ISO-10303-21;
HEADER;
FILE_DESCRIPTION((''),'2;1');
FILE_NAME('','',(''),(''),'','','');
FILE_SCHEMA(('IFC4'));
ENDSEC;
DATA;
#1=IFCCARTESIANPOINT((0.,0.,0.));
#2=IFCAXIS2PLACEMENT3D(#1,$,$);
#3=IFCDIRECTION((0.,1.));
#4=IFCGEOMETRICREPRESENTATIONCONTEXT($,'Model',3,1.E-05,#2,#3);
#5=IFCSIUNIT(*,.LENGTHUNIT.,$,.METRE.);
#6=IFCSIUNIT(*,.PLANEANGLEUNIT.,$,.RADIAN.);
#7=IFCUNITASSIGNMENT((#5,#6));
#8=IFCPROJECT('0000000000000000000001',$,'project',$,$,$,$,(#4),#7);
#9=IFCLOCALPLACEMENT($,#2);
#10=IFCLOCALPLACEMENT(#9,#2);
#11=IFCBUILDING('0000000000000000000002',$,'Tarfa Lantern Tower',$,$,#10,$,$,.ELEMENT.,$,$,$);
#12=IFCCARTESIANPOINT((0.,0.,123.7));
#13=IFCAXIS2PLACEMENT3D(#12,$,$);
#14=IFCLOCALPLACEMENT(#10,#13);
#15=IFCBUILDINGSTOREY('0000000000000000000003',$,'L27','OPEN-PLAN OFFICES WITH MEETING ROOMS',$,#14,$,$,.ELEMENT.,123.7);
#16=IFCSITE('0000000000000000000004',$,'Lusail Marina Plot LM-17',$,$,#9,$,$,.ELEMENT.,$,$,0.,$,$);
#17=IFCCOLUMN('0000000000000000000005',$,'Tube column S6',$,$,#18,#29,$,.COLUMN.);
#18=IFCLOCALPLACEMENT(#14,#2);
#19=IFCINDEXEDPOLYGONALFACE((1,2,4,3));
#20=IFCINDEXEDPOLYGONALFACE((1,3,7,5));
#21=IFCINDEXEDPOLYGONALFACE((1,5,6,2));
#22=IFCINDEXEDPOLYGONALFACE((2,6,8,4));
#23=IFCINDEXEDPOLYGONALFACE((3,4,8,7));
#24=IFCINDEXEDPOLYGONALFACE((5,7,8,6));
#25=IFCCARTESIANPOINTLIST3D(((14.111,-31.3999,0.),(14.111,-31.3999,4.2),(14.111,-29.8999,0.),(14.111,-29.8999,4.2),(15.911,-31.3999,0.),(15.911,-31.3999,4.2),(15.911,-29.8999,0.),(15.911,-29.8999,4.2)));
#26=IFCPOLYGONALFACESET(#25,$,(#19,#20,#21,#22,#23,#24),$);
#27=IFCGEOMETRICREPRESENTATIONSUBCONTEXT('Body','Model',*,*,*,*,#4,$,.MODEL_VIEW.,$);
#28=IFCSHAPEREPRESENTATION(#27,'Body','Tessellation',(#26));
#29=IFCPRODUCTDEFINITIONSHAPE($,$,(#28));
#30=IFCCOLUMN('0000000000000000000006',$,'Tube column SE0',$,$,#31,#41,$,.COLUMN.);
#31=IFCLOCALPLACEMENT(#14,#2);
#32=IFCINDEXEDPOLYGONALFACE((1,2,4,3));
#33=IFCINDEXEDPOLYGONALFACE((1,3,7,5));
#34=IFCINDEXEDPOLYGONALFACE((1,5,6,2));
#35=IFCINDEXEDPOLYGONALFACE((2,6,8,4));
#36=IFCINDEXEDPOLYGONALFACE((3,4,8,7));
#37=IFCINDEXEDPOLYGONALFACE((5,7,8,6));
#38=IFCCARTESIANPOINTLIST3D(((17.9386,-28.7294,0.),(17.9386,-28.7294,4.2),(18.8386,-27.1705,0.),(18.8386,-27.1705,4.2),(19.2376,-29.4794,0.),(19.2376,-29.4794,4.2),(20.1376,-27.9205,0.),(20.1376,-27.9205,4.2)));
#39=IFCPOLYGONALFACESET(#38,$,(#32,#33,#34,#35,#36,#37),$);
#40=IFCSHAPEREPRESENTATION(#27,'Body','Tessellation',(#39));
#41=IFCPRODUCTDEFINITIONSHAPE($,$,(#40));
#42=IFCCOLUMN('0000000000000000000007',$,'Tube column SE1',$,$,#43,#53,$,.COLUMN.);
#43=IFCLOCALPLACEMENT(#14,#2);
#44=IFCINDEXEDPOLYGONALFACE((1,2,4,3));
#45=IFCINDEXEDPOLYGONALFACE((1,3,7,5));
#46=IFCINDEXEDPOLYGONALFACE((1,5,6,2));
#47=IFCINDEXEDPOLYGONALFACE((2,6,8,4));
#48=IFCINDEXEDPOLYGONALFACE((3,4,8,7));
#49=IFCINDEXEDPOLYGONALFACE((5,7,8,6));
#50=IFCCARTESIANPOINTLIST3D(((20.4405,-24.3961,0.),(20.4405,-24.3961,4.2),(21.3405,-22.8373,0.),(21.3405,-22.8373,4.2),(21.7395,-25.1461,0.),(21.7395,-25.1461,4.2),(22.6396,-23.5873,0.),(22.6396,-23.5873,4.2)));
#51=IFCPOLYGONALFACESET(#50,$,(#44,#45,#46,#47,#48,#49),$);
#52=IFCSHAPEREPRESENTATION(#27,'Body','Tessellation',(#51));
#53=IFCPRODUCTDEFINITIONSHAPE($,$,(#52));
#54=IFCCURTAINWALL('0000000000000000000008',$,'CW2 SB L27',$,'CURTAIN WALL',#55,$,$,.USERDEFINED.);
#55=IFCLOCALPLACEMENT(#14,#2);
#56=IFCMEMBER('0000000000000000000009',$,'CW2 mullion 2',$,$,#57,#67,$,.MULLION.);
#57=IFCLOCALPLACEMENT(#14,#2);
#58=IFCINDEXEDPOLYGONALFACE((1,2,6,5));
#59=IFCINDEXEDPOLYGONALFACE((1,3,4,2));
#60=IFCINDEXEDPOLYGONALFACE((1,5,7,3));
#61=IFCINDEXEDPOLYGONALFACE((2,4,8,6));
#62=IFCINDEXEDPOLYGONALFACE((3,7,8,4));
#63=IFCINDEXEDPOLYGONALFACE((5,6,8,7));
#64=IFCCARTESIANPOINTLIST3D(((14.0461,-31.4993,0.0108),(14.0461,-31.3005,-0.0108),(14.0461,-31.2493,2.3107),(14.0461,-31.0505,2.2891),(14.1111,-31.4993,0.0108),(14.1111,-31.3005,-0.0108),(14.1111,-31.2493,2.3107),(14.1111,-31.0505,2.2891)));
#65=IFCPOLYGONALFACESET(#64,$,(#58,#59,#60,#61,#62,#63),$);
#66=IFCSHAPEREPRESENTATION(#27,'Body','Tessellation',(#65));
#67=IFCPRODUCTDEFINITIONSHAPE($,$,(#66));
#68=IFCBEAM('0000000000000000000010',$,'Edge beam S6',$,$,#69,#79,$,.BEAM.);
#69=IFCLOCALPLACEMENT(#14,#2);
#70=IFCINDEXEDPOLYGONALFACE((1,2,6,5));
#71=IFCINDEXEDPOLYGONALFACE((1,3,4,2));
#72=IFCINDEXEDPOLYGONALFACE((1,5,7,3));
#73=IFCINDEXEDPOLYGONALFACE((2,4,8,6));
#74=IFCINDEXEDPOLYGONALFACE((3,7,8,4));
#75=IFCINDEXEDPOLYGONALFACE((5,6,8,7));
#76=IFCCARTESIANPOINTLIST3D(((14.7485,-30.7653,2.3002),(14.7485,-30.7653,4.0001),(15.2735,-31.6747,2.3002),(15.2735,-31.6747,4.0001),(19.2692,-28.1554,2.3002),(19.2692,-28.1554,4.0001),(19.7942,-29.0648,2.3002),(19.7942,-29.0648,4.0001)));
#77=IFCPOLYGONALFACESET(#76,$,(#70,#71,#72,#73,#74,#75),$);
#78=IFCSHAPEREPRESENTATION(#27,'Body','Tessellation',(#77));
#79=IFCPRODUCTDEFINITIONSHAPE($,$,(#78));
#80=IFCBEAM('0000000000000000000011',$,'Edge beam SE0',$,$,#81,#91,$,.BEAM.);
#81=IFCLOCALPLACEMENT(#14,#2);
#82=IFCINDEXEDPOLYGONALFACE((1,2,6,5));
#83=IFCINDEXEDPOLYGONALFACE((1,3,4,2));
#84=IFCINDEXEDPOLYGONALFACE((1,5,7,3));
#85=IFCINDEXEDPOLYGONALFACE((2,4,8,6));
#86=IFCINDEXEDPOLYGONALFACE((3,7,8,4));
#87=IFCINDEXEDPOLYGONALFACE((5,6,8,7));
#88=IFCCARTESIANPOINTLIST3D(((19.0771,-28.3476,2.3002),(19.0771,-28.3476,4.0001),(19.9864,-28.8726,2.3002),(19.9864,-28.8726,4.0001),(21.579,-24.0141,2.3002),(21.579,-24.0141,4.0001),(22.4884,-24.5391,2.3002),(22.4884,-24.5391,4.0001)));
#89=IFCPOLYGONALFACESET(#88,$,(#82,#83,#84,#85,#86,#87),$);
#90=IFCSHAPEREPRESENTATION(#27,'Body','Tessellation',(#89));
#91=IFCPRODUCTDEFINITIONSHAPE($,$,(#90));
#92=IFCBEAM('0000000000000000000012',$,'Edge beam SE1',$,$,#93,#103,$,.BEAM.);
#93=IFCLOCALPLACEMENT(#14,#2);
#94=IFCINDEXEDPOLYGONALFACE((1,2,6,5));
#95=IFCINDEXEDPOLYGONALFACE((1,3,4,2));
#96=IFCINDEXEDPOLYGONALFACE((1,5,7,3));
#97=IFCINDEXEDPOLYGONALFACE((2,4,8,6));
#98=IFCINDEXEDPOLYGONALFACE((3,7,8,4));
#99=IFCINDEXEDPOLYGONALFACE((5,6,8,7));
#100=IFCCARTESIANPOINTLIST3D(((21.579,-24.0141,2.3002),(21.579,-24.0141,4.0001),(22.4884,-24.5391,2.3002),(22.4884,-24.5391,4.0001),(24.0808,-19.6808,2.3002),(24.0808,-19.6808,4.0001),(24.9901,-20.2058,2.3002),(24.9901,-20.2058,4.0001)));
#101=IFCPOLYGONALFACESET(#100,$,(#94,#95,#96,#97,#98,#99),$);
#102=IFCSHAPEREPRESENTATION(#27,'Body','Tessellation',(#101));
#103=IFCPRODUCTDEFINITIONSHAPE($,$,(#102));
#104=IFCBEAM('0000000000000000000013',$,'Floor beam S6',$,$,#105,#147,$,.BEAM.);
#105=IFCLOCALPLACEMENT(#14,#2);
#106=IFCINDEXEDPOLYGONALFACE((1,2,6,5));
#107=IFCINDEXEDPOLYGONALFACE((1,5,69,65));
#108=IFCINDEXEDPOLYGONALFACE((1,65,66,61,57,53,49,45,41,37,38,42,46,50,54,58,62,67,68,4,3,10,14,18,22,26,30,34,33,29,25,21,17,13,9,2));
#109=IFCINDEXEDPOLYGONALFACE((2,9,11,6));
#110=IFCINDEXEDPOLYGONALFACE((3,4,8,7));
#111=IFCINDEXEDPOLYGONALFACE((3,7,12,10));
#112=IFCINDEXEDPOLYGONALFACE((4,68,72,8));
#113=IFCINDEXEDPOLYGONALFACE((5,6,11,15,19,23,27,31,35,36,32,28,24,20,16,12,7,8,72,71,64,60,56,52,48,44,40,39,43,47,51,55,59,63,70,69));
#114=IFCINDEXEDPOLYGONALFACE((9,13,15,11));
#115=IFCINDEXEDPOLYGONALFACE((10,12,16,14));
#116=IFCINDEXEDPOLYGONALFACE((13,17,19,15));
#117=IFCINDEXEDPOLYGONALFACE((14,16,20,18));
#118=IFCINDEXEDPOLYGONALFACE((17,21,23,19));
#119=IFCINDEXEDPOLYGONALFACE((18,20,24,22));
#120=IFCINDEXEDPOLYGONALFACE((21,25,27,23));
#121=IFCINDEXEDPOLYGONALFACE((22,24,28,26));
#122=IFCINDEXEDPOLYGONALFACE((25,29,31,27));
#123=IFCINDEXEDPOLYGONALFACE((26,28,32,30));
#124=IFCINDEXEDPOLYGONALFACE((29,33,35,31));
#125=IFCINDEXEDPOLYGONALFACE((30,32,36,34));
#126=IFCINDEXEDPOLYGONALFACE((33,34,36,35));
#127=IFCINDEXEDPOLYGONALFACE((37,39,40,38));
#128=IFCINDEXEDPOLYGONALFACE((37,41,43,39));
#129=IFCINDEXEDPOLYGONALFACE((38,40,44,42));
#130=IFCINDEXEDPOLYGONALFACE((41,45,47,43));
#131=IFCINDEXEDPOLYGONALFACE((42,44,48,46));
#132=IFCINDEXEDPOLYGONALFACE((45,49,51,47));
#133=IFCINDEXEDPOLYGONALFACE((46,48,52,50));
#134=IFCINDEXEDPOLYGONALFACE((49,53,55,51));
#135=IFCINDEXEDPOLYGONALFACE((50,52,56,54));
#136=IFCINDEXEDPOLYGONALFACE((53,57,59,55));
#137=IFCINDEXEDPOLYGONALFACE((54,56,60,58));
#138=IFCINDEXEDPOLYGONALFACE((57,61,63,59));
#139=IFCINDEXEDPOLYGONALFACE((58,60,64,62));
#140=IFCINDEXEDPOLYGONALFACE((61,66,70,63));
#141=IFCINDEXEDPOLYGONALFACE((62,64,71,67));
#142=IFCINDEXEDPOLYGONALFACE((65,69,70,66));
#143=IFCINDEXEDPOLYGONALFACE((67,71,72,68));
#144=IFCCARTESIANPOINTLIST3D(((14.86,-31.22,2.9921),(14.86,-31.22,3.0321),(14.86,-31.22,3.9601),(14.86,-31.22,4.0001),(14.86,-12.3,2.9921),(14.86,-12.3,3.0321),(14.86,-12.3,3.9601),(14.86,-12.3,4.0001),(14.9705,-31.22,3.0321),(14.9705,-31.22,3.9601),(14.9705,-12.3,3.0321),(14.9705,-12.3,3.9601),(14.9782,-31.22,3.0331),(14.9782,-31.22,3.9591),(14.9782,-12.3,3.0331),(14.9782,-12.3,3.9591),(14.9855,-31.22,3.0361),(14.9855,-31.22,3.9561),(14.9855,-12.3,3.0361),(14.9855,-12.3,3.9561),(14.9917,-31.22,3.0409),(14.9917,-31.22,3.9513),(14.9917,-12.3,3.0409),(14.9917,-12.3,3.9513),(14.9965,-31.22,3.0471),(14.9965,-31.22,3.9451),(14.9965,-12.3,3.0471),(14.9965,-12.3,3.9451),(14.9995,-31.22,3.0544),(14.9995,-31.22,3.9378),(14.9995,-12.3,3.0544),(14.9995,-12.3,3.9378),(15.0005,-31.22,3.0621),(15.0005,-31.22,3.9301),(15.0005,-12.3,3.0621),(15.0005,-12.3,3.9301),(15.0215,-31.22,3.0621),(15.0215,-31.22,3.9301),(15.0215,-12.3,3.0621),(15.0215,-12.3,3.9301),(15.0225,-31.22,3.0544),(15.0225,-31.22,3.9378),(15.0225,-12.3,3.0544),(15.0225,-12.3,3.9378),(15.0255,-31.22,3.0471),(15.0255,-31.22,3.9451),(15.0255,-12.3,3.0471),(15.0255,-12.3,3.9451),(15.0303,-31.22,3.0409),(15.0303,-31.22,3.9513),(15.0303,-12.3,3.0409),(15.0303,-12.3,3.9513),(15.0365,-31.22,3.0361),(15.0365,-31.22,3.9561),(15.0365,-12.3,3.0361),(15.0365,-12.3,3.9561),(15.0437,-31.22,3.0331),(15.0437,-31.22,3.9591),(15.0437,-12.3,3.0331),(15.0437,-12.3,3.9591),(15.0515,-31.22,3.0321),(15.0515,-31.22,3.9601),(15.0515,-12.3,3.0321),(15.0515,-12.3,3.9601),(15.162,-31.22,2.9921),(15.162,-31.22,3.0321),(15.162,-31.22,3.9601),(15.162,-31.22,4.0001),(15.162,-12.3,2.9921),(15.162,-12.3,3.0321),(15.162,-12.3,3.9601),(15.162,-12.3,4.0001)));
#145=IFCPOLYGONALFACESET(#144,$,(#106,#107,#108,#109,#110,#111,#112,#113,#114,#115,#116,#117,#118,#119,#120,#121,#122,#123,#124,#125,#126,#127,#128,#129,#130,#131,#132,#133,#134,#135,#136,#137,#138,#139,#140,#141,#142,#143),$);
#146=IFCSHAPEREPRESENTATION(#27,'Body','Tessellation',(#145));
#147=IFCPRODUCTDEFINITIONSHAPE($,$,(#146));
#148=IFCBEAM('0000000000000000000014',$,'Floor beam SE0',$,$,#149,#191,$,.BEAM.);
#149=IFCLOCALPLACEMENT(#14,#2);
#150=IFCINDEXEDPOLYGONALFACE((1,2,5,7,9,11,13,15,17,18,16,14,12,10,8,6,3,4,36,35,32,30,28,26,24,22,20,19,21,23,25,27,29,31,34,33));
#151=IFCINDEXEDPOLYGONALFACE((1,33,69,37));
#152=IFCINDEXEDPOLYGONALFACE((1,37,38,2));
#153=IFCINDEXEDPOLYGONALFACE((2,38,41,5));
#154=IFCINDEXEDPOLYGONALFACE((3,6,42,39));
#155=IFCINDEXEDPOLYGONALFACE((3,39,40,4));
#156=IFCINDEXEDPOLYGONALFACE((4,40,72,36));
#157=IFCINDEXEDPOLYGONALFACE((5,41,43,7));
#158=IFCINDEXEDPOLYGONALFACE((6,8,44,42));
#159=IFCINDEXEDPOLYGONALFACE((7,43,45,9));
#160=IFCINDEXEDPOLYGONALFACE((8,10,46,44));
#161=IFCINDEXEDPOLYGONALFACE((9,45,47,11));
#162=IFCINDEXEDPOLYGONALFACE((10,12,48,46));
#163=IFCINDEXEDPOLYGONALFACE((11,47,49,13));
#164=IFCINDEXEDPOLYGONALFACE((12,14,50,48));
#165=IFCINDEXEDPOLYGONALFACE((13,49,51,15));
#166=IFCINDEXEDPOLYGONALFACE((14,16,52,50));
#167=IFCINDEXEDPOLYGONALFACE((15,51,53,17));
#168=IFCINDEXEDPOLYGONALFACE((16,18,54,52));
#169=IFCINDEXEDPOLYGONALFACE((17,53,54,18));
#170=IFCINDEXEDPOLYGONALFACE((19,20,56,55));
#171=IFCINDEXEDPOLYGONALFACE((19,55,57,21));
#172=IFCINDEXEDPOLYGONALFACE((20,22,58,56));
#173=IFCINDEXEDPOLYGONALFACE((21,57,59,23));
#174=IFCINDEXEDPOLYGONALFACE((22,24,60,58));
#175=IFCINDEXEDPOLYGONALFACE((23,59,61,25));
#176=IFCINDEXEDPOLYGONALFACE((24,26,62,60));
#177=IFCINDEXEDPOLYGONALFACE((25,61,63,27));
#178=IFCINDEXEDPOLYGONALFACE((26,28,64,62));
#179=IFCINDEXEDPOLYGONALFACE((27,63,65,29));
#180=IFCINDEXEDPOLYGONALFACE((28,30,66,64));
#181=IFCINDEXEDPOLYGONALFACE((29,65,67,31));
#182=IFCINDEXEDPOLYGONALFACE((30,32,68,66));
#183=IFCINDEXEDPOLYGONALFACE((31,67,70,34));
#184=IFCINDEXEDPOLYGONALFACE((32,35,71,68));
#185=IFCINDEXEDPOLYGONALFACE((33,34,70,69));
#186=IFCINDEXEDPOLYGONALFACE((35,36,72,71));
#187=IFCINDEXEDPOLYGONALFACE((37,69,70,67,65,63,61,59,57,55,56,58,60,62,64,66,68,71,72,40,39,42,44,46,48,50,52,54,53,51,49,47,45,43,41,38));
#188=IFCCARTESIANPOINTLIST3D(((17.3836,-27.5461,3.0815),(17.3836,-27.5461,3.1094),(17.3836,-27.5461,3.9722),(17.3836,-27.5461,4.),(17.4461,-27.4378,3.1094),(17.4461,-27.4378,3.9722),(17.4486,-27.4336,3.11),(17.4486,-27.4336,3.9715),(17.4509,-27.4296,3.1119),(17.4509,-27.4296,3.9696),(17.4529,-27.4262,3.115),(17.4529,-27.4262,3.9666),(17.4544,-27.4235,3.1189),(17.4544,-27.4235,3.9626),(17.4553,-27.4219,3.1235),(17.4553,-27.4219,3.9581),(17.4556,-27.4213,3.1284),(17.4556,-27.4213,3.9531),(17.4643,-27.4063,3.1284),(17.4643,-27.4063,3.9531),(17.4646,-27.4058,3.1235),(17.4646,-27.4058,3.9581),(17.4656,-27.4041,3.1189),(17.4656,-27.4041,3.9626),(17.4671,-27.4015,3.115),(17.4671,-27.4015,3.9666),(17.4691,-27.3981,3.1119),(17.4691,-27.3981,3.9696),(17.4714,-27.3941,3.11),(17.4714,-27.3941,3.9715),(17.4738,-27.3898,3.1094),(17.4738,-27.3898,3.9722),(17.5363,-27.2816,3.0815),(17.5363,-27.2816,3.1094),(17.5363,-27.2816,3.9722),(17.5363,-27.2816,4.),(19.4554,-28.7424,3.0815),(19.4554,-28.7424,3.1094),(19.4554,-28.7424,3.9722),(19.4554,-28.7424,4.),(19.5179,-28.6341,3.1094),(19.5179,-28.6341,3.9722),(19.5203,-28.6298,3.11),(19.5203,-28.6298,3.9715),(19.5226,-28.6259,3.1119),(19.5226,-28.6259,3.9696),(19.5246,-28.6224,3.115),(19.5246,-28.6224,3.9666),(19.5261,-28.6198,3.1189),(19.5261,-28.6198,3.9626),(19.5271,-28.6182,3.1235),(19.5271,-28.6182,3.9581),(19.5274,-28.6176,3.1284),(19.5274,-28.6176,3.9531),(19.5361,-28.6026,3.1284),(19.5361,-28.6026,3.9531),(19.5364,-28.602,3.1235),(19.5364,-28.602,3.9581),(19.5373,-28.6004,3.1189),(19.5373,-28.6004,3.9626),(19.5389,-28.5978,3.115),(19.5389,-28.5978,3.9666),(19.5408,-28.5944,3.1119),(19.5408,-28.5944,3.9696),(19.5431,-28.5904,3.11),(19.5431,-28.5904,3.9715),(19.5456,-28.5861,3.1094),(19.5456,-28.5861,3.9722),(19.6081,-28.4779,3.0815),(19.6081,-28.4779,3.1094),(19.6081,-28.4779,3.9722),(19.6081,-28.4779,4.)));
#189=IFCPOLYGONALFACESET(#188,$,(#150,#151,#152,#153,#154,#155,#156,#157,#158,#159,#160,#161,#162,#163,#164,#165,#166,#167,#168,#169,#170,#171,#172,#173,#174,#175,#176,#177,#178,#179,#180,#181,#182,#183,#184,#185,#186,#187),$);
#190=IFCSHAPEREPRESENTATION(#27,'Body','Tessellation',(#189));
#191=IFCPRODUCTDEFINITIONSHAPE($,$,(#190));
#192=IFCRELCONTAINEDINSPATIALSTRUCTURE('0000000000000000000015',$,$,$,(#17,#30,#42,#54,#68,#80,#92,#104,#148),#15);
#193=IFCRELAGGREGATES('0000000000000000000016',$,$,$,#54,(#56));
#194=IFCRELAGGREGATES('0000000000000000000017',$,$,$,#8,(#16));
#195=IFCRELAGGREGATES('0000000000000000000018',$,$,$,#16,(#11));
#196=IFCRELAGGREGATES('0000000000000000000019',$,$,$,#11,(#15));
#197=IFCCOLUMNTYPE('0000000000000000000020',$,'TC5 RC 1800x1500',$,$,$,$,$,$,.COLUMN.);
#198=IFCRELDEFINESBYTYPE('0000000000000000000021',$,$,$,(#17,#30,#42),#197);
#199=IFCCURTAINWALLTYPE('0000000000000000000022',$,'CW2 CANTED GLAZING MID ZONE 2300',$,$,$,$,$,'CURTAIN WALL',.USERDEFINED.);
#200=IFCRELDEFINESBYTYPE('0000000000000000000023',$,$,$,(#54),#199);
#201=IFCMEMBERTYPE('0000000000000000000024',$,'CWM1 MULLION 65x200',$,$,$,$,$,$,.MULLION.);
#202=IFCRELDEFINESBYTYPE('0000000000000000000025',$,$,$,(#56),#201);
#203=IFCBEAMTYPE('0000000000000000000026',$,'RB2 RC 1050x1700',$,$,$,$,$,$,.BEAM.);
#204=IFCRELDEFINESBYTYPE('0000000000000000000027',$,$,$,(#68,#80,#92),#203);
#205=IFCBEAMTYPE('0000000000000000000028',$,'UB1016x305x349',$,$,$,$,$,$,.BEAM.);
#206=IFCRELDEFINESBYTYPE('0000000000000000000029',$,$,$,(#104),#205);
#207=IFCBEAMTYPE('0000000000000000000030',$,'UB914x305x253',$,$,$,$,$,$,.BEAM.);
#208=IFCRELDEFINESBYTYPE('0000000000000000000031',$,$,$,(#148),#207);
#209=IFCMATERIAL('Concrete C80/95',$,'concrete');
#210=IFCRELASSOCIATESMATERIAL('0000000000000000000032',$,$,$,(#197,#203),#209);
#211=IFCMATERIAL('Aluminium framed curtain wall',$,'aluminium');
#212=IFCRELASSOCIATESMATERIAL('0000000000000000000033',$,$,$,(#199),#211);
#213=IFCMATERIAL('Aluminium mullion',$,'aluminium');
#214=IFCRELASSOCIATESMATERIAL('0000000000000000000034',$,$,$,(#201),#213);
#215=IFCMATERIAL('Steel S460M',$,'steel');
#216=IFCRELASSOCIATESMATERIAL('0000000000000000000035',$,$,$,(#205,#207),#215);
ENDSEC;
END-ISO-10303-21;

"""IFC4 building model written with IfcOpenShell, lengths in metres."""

from ifc_helpers import new_model, si_unit, direction, frame, origin, origin_2d, place, context, subcontext, project, spatial, rectangle, i_section, extrude, material, material_profile, profile_set, type_object, element, aggregate, save


model = new_model("IFC4")

# Units and contexts
model_context = context("Model", 3, precision=1e-05, world=origin(), true_north=direction((0.0, 1.0)))
body_context = subcontext(model_context, "Body", "Model", "MODEL_VIEW")
ifc_project = project(units=[si_unit("LENGTHUNIT", "METRE"), si_unit("PLANEANGLEUNIT", "RADIAN")], contexts=[model_context])

# Site, building, storey
site_placement = place(None, origin())
site = spatial("IfcSite", under=ifc_project, at=site_placement, Name="Lusail Marina Plot LM-17", CompositionType="ELEMENT", RefElevation=0.0)
building_placement = place(site_placement, origin())
building = spatial("IfcBuilding", under=site, at=building_placement, Name="Tarfa Lantern Tower", CompositionType="ELEMENT")
storey_placement = place(building_placement, frame((0.0, 0.0, 123.7)))
storey = spatial("IfcBuildingStorey", under=building, at=storey_placement, Name="L27", Description="OPEN-PLAN OFFICES WITH MEETING ROOMS", CompositionType="ELEMENT", Elevation=123.7)

# Columns
ifc_material_1 = material(Name="Concrete C80/95", Category="concrete")
ifc_material_profile_1 = material_profile(ifc_material_1, rectangle(XDim=1.8, YDim=1.5, at=origin_2d()), Name="RC 1800x1500")
ifc_profile_set_1 = profile_set([ifc_material_profile_1], Name="Concrete C80/95")
column_type = type_object("IfcColumnType", Name="TC5 RC 1800x1500", PredefinedType="COLUMN", material=ifc_profile_set_1)
for number, where, z_axis, x_axis, name in (
    (1, (15.011, -30.6499, 0.0), (0.0, 0.0, 1.0), (1.0, 0.0, 0.0), "Tube column S6"),
    (2, (19.0381, -28.325, 0.0), (0.0, 0.0, 1.0), (0.5, 0.866025, 0.0), "Tube column SE0"),
    (3, (21.54, -23.9917, 0.0), (0.0, 0.0, 1.0), (0.5, 0.866025, 0.0), "Tube column SE1"),
):
    element("IfcColumn", number, at=place(storey_placement, frame(where, z_axis=z_axis, x_axis=x_axis)), inside=storey, type_object=column_type, Name=name, PredefinedType="COLUMN", context=body_context, shape_type="SweptSolid", body=[
        extrude(rectangle(XDim=1.8, YDim=1.5, at=origin_2d()), origin(), (0.0, 0.0, 1.0), 4.2),
    ])

# Curtain wall, member
ifc_material_2 = material(Name="Aluminium framed curtain wall", Category="aluminium")
curtain_wall_type = type_object("IfcCurtainWallType", Name="CW2 CANTED GLAZING MID ZONE 2300", ElementType="CURTAIN WALL", PredefinedType="USERDEFINED", material=ifc_material_2)
curtain_wall_placement = place(storey_placement, origin())
curtain_wall = element("IfcCurtainWall", 4, at=curtain_wall_placement, inside=storey, type_object=curtain_wall_type, Name="CW2 SB L27", ObjectType="CURTAIN WALL", PredefinedType="USERDEFINED")
ifc_material_3 = material(Name="Aluminium mullion", Category="aluminium")
ifc_material_profile_2 = material_profile(ifc_material_3, rectangle(XDim=0.0649, YDim=0.2, at=origin_2d()), Name="AL MULLION 65x200")
ifc_profile_set_2 = profile_set([ifc_material_profile_2], Name="Aluminium mullion")
member_type = type_object("IfcMemberType", Name="CWM1 MULLION 65x200", PredefinedType="MULLION", material=ifc_profile_set_2)
member_placement = place(storey_placement, frame((14.0786, -31.3999, 0.0), z_axis=(0.0, 0.108057, 0.994145), x_axis=(-1.0, 0.0, 0.0)))
member = element("IfcMember", 5, at=member_placement, type_object=member_type, Name="CW2 mullion 2", PredefinedType="MULLION", context=body_context, shape_type="SweptSolid", body=[
    extrude(rectangle(XDim=0.0649, YDim=0.2, at=origin_2d()), origin(), (0.0, 0.0, 1.0), 2.3135),
])
aggregate(curtain_wall, [member])

# Beams
ifc_material_profile_3 = material_profile(ifc_material_1, rectangle(XDim=1.05, YDim=1.7, at=origin_2d()), Name="RC 1050x1700")
ifc_profile_set_3 = profile_set([ifc_material_profile_3], Name="Concrete C80/95")
beam_type_1 = type_object("IfcBeamType", Name="RB2 RC 1050x1700", PredefinedType="BEAM", material=ifc_profile_set_3)
beam_1_placement = place(storey_placement, frame((15.011, -31.22, 3.1501), z_axis=(0.866042, 0.499972, 0.0), x_axis=(-0.499972, 0.866042, 0.0)))
element("IfcBeam", 6, at=beam_1_placement, inside=storey, type_object=beam_type_1, Name="Edge beam S6", PredefinedType="BEAM", context=body_context, shape_type="SweptSolid", body=[
    extrude(rectangle(XDim=1.05, YDim=1.7, at=origin_2d()), origin(), (0.0, 0.0, 1.0), 5.22),
])
beam_2_placement = place(storey_placement, frame((19.5317, -28.6101, 3.1501), z_axis=(0.500001, 0.866025, 0.0), x_axis=(-0.866025, 0.500001, 0.0)))
element("IfcBeam", 7, at=beam_2_placement, inside=storey, type_object=beam_type_1, Name="Edge beam SE0", PredefinedType="BEAM", context=body_context, shape_type="SweptSolid", body=[
    extrude(rectangle(XDim=1.05, YDim=1.7, at=origin_2d()), origin(), (0.0, 0.0, 1.0), 5.0039),
])
beam_3_placement = place(storey_placement, frame((22.0337, -24.2766, 3.1501), z_axis=(0.499986, 0.866034, 0.0), x_axis=(-0.866034, 0.499986, 0.0)))
element("IfcBeam", 8, at=beam_3_placement, inside=storey, type_object=beam_type_1, Name="Edge beam SE1", PredefinedType="BEAM", context=body_context, shape_type="SweptSolid", body=[
    extrude(rectangle(XDim=1.05, YDim=1.7, at=origin_2d()), origin(), (0.0, 0.0, 1.0), 5.0037),
])
ifc_material_4 = material(Name="Steel S460M", Category="steel")
ifc_material_profile_4 = material_profile(ifc_material_4, i_section(OverallWidth=0.302, OverallDepth=1.0081, WebThickness=0.021, FlangeThickness=0.04, FilletRadius=0.03, at=origin_2d()), Name="UB1016x305x349")
ifc_profile_set_4 = profile_set([ifc_material_profile_4], Name="Steel S460M")
beam_type_2 = type_object("IfcBeamType", Name="UB1016x305x349", PredefinedType="BEAM", material=ifc_profile_set_4)
beam_4_placement = place(storey_placement, frame((15.011, -31.22, 3.4961), z_axis=(0.0, 1.0, 0.0), x_axis=(-1.0, 0.0, 0.0)))
element("IfcBeam", 9, at=beam_4_placement, inside=storey, type_object=beam_type_2, Name="Floor beam S6", PredefinedType="BEAM", context=body_context, shape_type="SweptSolid", body=[
    extrude(i_section(OverallWidth=0.302, OverallDepth=1.0081, WebThickness=0.021, FlangeThickness=0.04, FilletRadius=0.03, at=origin_2d()), origin(), (0.0, 0.0, 1.0), 18.9199),
])
ifc_material_profile_5 = material_profile(ifc_material_4, i_section(OverallWidth=0.3054, OverallDepth=0.9185, WebThickness=0.0173, FlangeThickness=0.0278, FilletRadius=0.019, at=origin_2d()), Name="UB914x305x253")
ifc_profile_set_5 = profile_set([ifc_material_profile_5], Name="Steel S460M")
beam_type_3 = type_object("IfcBeamType", Name="UB914x305x253", PredefinedType="BEAM", material=ifc_profile_set_5)
beam_5_placement = place(storey_placement, frame((19.5317, -28.6101, 3.5408), z_axis=(-0.865999, 0.500046, 0.0), x_axis=(-0.500046, -0.865999, 0.0)))
element("IfcBeam", 10, at=beam_5_placement, inside=storey, type_object=beam_type_3, Name="Floor beam SE0", PredefinedType="BEAM", context=body_context, shape_type="SweptSolid", body=[
    extrude(i_section(OverallWidth=0.3054, OverallDepth=0.9185, WebThickness=0.0173, FlangeThickness=0.0278, FilletRadius=0.019, at=origin_2d()), origin(), (0.0, 0.0, 1.0), 2.3923),
])

save(model, "model.ifc")
